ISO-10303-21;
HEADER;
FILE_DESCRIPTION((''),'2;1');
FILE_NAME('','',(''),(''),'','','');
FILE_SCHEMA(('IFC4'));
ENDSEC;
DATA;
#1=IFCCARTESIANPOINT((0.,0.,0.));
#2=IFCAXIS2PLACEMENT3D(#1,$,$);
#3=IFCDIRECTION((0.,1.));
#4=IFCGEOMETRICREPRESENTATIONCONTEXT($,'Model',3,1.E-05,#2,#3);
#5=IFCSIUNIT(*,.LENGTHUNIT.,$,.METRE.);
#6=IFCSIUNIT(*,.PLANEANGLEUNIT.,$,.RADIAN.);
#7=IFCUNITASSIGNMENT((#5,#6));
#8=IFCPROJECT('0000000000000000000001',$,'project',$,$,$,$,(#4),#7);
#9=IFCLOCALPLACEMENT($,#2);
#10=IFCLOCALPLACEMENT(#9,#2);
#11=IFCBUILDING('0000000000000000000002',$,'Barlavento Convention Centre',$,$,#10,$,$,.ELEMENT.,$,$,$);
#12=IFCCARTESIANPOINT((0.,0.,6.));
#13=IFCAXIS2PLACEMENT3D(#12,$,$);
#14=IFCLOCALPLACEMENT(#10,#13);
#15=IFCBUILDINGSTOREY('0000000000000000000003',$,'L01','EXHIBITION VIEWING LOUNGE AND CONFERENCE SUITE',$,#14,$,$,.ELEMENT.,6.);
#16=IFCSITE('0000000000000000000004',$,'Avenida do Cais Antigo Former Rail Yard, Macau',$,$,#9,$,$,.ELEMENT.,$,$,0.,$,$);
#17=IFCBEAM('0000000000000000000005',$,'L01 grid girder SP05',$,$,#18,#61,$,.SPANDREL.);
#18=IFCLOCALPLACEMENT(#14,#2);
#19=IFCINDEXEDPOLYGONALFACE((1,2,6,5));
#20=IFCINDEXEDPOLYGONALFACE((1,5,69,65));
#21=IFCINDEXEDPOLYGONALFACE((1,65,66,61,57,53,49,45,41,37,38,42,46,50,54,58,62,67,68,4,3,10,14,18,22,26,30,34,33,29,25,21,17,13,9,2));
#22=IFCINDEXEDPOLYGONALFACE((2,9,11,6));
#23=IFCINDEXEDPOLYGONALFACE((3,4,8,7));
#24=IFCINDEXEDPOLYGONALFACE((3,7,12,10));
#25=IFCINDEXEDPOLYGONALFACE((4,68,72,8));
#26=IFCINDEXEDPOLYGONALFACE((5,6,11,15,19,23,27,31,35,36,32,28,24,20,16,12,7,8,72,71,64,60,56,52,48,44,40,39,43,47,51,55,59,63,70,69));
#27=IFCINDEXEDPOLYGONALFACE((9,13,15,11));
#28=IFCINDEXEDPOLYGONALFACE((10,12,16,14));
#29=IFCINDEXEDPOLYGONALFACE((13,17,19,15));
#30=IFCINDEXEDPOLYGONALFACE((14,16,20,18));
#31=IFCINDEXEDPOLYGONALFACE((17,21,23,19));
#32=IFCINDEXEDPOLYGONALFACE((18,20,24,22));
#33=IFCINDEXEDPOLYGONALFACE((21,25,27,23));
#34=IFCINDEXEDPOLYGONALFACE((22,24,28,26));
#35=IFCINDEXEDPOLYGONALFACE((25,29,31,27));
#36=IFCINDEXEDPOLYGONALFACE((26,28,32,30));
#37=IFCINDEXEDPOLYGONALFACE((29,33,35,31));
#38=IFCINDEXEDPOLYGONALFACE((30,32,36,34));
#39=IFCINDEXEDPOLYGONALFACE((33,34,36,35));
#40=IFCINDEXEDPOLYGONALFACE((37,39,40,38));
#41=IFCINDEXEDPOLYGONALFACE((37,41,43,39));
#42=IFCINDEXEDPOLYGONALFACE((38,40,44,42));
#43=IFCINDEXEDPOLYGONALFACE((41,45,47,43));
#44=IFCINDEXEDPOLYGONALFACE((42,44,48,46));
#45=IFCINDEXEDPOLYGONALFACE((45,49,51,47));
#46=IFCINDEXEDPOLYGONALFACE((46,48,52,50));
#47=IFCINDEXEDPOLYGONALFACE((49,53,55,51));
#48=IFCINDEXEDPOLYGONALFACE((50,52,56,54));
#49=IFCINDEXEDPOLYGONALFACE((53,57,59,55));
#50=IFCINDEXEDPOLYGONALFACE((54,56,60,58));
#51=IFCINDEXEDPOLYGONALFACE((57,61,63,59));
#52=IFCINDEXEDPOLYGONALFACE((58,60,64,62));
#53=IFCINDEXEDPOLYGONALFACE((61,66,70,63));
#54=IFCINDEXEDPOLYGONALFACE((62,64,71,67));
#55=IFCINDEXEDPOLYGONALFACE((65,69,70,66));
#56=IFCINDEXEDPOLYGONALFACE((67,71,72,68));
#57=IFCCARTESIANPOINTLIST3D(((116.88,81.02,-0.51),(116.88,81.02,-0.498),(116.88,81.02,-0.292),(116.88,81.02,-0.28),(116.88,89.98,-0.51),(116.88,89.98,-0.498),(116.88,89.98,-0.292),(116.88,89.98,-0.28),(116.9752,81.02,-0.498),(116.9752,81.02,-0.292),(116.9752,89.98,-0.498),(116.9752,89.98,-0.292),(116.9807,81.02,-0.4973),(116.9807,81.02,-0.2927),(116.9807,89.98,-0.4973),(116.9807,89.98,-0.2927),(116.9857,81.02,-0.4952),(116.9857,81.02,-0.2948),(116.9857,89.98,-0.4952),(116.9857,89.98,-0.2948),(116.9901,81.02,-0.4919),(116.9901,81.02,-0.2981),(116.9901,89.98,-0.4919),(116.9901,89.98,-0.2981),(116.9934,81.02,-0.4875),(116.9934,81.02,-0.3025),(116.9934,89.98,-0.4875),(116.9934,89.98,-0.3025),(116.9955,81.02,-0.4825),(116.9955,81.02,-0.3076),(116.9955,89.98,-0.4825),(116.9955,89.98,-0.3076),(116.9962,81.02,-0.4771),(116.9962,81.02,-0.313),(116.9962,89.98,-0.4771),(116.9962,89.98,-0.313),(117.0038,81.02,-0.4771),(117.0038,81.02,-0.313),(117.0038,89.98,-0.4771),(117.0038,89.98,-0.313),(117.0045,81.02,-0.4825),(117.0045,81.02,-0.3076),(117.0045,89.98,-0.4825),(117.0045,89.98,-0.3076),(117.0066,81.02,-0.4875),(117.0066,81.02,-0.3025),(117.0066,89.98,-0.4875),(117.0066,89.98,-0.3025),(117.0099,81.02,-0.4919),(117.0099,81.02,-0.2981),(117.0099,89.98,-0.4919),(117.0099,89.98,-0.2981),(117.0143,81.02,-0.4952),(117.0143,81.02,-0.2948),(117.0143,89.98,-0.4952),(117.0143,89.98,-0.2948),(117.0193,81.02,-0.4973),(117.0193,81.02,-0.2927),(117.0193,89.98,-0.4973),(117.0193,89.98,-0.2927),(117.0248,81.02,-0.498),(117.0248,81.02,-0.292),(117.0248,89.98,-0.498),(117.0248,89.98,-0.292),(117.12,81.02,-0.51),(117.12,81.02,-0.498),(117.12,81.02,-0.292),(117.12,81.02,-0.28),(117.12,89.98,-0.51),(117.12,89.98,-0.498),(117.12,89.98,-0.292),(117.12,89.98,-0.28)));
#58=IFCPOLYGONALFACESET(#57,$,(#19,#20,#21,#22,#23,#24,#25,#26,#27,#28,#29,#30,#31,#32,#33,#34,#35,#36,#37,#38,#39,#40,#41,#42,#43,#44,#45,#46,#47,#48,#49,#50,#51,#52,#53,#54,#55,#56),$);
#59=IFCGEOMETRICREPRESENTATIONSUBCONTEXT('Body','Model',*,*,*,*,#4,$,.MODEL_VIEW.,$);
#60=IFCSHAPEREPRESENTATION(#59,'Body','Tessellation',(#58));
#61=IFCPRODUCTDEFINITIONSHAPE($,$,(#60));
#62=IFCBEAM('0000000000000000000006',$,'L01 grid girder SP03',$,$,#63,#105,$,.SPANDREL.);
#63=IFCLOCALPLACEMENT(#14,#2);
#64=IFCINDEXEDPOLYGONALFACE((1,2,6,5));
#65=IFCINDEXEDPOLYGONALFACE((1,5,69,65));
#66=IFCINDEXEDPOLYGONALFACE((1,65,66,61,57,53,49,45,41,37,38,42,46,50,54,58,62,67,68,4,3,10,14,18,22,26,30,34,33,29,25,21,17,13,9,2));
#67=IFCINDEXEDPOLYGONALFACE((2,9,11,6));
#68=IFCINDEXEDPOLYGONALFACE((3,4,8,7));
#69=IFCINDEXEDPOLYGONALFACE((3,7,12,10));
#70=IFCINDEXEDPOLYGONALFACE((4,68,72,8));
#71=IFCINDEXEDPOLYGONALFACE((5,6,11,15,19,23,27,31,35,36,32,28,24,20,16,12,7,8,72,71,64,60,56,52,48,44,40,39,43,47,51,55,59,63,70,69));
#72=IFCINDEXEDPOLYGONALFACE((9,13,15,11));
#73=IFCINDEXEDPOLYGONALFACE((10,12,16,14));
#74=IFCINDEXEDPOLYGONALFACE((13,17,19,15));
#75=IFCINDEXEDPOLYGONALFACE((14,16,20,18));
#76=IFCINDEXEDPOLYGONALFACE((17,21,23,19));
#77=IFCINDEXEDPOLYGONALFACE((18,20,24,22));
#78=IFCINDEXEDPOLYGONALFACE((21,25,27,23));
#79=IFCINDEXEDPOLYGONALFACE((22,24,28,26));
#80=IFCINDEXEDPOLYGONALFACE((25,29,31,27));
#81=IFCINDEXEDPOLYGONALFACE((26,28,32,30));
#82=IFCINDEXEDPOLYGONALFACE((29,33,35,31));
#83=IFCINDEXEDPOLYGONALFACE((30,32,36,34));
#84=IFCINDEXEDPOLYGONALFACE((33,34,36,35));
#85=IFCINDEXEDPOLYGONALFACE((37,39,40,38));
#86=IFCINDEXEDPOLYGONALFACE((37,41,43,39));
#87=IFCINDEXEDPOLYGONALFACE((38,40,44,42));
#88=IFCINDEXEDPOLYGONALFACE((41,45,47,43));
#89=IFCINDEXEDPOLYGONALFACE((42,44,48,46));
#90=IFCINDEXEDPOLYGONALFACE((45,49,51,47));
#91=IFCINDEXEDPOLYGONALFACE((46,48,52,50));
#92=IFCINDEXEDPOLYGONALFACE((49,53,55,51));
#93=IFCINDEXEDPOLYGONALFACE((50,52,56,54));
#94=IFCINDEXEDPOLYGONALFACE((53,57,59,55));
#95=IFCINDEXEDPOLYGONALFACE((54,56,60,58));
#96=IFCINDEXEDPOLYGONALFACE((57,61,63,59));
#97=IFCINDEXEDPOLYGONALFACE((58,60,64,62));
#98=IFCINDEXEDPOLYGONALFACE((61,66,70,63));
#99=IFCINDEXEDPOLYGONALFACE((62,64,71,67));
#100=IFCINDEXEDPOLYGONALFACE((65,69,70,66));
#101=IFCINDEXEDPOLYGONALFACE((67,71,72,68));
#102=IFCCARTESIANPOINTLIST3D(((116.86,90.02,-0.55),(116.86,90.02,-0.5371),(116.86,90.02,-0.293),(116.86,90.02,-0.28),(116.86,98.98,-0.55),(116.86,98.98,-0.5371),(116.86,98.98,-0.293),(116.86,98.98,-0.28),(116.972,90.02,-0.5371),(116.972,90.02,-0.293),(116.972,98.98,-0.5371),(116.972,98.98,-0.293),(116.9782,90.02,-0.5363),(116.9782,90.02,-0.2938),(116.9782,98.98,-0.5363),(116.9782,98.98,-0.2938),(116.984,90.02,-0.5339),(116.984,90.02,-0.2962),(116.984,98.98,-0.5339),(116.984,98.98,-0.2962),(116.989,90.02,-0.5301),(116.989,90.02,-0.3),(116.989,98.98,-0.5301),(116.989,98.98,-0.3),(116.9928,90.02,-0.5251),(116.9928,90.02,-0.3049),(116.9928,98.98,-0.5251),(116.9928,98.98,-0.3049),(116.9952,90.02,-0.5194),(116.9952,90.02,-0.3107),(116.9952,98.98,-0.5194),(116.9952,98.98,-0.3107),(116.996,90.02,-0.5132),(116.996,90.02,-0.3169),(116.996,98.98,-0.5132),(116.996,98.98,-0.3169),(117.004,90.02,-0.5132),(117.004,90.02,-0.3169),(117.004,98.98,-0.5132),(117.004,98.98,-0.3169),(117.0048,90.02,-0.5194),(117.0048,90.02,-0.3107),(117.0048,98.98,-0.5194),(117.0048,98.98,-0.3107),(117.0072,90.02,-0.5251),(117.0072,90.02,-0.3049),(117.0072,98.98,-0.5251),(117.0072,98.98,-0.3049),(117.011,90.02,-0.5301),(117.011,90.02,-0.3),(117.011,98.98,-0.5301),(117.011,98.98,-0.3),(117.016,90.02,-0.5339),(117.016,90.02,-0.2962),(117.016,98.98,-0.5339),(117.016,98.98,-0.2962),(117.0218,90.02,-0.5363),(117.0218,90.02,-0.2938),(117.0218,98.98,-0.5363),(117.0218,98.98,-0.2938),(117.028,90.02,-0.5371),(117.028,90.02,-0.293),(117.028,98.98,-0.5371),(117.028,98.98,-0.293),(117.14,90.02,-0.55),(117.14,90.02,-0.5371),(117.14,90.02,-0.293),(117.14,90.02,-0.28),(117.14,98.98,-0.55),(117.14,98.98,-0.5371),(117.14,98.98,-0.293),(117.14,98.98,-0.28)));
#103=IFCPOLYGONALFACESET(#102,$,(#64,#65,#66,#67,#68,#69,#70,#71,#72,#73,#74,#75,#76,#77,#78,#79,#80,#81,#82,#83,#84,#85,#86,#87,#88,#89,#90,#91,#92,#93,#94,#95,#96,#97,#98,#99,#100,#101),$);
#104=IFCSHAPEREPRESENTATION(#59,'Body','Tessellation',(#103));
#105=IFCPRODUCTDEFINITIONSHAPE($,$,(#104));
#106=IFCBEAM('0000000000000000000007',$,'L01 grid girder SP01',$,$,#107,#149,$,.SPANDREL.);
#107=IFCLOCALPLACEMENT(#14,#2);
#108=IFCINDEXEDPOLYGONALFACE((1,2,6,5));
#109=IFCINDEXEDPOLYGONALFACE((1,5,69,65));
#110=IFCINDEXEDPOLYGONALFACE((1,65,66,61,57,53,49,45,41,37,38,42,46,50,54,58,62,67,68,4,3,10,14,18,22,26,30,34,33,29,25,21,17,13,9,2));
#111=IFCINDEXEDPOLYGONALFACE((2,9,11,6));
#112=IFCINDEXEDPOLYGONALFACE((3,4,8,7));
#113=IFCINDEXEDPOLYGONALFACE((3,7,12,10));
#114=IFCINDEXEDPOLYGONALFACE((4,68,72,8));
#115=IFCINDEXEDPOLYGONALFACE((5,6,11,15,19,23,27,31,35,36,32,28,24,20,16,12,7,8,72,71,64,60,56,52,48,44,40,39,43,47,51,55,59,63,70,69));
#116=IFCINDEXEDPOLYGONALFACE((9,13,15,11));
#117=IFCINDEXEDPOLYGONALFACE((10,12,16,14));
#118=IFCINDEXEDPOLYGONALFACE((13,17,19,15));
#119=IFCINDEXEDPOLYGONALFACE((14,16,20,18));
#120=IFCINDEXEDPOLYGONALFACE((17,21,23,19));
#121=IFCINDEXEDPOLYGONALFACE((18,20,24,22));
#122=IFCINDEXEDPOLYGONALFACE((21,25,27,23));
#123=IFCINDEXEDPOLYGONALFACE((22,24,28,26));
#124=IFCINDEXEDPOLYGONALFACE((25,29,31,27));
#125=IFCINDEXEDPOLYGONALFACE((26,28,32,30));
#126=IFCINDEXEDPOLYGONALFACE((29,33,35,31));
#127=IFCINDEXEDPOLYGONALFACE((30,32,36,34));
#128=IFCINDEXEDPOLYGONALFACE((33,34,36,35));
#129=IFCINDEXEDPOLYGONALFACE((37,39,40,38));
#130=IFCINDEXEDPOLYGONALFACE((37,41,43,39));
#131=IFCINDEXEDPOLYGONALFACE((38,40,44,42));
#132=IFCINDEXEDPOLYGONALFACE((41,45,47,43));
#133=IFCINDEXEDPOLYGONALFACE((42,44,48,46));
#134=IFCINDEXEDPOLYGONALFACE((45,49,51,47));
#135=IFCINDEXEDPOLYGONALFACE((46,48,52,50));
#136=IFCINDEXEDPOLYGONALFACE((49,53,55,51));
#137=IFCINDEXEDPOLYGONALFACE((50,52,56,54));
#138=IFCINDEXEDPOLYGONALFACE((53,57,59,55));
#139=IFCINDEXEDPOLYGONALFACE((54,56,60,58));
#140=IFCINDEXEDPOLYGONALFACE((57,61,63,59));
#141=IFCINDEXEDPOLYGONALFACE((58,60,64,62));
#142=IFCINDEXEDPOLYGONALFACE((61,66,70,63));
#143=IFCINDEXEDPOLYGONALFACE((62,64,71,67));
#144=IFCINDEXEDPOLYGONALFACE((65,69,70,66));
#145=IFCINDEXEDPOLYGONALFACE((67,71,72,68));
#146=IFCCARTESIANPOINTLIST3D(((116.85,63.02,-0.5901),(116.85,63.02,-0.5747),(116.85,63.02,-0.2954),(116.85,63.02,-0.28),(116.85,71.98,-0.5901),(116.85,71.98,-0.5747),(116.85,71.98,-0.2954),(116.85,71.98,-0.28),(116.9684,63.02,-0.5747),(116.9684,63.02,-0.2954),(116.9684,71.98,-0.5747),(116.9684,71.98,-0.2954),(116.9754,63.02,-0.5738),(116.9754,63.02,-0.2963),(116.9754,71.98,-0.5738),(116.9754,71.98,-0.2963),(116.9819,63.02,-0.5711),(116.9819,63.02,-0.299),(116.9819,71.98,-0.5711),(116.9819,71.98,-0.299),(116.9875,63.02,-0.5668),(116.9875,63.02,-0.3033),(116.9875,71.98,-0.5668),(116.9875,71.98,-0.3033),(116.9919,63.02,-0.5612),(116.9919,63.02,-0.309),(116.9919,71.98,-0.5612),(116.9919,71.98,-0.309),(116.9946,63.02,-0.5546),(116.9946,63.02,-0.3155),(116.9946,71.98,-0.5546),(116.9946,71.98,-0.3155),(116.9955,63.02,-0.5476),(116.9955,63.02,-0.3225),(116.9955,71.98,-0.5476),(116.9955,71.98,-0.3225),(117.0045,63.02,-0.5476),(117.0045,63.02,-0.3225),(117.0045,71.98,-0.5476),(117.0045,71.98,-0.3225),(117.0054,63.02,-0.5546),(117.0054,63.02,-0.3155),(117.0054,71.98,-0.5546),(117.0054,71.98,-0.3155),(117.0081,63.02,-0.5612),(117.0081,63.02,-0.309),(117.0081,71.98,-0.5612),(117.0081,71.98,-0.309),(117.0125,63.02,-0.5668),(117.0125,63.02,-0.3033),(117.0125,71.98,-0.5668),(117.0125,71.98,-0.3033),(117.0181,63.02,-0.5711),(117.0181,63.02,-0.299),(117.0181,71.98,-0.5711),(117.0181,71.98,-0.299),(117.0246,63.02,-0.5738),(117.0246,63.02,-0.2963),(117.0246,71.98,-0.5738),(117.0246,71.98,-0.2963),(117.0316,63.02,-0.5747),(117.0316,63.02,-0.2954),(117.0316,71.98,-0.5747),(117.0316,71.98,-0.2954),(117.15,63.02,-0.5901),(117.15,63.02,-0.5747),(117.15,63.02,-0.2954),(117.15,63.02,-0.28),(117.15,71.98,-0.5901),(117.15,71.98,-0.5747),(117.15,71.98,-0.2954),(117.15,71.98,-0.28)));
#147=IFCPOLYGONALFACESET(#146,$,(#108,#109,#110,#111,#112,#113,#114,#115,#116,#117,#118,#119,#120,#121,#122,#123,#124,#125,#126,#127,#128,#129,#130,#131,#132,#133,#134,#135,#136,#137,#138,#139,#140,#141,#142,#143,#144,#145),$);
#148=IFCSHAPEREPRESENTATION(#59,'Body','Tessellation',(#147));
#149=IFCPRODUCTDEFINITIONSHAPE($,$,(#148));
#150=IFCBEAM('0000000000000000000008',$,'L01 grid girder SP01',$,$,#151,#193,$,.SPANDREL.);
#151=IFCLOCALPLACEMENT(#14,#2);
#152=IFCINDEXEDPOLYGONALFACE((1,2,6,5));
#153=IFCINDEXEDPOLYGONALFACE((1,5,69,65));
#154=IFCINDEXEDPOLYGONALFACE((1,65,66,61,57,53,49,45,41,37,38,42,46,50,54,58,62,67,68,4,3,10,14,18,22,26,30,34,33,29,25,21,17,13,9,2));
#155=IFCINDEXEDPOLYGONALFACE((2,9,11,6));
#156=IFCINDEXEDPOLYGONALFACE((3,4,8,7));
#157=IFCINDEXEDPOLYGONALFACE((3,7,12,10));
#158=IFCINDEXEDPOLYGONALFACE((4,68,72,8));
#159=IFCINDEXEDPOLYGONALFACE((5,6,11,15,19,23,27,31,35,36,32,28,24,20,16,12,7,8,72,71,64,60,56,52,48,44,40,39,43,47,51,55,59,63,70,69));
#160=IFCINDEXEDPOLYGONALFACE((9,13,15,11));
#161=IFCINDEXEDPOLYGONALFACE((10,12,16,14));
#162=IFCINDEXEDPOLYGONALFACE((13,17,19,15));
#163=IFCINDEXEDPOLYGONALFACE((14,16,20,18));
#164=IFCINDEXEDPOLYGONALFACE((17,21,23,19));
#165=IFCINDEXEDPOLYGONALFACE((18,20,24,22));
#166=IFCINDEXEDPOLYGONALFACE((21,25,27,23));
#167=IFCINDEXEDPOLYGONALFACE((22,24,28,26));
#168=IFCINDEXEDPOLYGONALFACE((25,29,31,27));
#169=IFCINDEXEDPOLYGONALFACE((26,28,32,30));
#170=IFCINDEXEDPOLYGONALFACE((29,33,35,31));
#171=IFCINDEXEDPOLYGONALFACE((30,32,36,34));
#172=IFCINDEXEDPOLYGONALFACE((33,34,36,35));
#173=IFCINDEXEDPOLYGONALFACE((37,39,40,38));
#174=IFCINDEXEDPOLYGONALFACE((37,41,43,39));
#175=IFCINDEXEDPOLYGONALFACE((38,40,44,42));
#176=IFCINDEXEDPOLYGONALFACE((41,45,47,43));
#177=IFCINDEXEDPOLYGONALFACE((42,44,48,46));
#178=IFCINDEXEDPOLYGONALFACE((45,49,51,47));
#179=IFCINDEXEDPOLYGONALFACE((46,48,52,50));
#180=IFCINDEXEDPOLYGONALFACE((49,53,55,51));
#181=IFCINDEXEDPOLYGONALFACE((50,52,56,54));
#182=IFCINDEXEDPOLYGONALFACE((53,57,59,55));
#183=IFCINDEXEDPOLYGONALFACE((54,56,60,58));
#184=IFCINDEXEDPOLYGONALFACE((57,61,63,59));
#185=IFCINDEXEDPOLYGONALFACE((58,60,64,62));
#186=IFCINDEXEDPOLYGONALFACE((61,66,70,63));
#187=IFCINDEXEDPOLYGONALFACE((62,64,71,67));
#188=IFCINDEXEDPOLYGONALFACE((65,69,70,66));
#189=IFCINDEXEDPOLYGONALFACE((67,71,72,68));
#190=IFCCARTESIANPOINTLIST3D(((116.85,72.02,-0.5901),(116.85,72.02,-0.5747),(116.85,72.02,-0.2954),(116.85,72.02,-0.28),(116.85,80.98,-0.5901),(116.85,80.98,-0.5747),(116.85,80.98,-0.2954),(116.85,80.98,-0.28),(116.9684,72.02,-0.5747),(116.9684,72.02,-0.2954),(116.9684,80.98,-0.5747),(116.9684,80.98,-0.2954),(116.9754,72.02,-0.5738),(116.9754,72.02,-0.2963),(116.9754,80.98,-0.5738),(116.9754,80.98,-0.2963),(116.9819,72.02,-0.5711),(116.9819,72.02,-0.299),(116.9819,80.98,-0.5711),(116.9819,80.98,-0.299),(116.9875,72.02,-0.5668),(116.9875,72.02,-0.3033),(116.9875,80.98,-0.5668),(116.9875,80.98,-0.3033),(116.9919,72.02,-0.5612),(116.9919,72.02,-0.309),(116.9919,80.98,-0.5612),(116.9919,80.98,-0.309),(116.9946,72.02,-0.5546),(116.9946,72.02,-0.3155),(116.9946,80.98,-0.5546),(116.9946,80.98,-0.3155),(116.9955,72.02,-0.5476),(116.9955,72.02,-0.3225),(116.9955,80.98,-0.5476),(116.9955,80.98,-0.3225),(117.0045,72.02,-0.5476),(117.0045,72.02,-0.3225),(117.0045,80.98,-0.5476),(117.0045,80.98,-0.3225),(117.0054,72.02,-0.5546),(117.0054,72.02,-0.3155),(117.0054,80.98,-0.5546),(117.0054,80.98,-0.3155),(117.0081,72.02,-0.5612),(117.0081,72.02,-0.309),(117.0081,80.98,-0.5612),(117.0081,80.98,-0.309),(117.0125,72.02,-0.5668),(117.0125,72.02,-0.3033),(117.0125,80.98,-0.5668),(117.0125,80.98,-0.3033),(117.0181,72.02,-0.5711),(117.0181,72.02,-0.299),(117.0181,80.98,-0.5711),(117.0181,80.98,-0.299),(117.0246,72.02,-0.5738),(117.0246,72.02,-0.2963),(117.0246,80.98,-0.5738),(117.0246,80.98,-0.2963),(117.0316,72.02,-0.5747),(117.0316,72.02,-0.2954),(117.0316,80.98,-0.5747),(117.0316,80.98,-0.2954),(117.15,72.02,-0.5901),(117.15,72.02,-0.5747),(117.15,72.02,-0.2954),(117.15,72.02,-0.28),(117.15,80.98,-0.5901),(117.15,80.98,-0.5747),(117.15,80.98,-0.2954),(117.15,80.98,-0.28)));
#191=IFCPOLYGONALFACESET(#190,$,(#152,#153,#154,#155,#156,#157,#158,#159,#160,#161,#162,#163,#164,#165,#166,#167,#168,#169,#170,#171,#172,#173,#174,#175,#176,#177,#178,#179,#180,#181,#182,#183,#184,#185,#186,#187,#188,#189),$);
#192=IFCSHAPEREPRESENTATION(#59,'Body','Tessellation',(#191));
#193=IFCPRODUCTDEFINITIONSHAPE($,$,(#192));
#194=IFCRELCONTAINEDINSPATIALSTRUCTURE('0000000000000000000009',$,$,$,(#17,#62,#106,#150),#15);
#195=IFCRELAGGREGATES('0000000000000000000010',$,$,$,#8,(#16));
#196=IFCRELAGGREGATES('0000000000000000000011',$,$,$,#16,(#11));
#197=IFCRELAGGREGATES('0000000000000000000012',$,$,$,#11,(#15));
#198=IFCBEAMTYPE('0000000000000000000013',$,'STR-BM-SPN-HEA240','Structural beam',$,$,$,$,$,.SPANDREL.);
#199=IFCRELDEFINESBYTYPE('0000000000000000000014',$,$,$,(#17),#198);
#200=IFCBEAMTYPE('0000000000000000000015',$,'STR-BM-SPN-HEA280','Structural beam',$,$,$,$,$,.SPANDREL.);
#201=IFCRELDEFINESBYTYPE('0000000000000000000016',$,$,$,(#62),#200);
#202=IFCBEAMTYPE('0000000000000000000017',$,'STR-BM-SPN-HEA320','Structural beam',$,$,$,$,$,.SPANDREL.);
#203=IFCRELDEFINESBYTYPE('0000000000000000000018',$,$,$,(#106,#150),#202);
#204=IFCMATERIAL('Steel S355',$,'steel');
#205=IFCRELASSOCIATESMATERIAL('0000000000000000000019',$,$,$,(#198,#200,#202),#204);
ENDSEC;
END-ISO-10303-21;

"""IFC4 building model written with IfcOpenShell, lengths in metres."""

from ifc_helpers import new_model, si_unit, direction, frame, origin, origin_2d, place, context, subcontext, project, spatial, i_section, extrude, material, material_profile, profile_set, type_object, element, save


model = new_model("IFC4")

# Units and contexts
model_context = context("Model", 3, precision=1e-05, world=origin(), true_north=direction((0.0, 1.0)))
body_context = subcontext(model_context, "Body", "Model", "MODEL_VIEW")
ifc_project = project(units=[si_unit("LENGTHUNIT", "METRE"), si_unit("PLANEANGLEUNIT", "RADIAN")], contexts=[model_context])

# Site, building, storey
site_placement = place(None, origin())
site = spatial("IfcSite", under=ifc_project, at=site_placement, Name="Avenida do Cais Antigo Former Rail Yard, Macau", CompositionType="ELEMENT", RefElevation=0.0)
building_placement = place(site_placement, origin())
building = spatial("IfcBuilding", under=site, at=building_placement, Name="Barlavento Convention Centre", CompositionType="ELEMENT")
storey_placement = place(building_placement, frame((0.0, 0.0, 6.0)))
storey = spatial("IfcBuildingStorey", under=building, at=storey_placement, Name="L01", Description="EXHIBITION VIEWING LOUNGE AND CONFERENCE SUITE", CompositionType="ELEMENT", Elevation=6.0)

# Shared definitions
ifc_material_1 = material(Name="Steel S355", Category="steel")

# Beams
ifc_material_profile_1 = material_profile(ifc_material_1, i_section(OverallWidth=0.24, OverallDepth=0.23, WebThickness=0.0076, FlangeThickness=0.012, FilletRadius=0.021, at=origin_2d()), Name="HEA 240")
ifc_profile_set_1 = profile_set([ifc_material_profile_1], Name="Steel S355")
beam_type_1 = type_object("IfcBeamType", Name="STR-BM-SPN-HEA240", Description="Structural beam", PredefinedType="SPANDREL", material=ifc_profile_set_1)
beam_1_placement = place(storey_placement, frame((117.0, 81.02, -0.395), z_axis=(0.0, 1.0, 0.0), x_axis=(-1.0, 0.0, 0.0)))
element("IfcBeam", 1, at=beam_1_placement, inside=storey, type_object=beam_type_1, Name="L01 grid girder SP05", PredefinedType="SPANDREL", context=body_context, shape_type="SweptSolid", body=[
    extrude(i_section(OverallWidth=0.24, OverallDepth=0.23, WebThickness=0.0076, FlangeThickness=0.012, FilletRadius=0.021, at=origin_2d()), origin(), (0.0, 0.0, 1.0), 8.96),
])
ifc_material_profile_2 = material_profile(ifc_material_1, i_section(OverallWidth=0.28, OverallDepth=0.27, WebThickness=0.0081, FlangeThickness=0.0129, FilletRadius=0.0239, at=origin_2d()), Name="HEA 280")
ifc_profile_set_2 = profile_set([ifc_material_profile_2], Name="Steel S355")
beam_type_2 = type_object("IfcBeamType", Name="STR-BM-SPN-HEA280", Description="Structural beam", PredefinedType="SPANDREL", material=ifc_profile_set_2)
beam_2_placement = place(storey_placement, frame((117.0, 90.02, -0.415), z_axis=(0.0, 1.0, 0.0), x_axis=(-1.0, 0.0, 0.0)))
element("IfcBeam", 2, at=beam_2_placement, inside=storey, type_object=beam_type_2, Name="L01 grid girder SP03", PredefinedType="SPANDREL", context=body_context, shape_type="SweptSolid", body=[
    extrude(i_section(OverallWidth=0.28, OverallDepth=0.27, WebThickness=0.0081, FlangeThickness=0.0129, FilletRadius=0.0239, at=origin_2d()), origin(), (0.0, 0.0, 1.0), 8.96),
])
ifc_material_profile_3 = material_profile(ifc_material_1, i_section(OverallWidth=0.3, OverallDepth=0.3101, WebThickness=0.009, FlangeThickness=0.0154, FilletRadius=0.0271, at=origin_2d()), Name="HEA 320")
ifc_profile_set_3 = profile_set([ifc_material_profile_3], Name="Steel S355")
beam_type_3 = type_object("IfcBeamType", Name="STR-BM-SPN-HEA320", Description="Structural beam", PredefinedType="SPANDREL", material=ifc_profile_set_3)
for number, where, z_axis, x_axis, name in (
    (3, (117.0, 63.02, -0.4351), (0.0, 1.0, 0.0), (-1.0, 0.0, 0.0), "L01 grid girder SP01"),
    (4, (117.0, 72.02, -0.4351), (0.0, 1.0, 0.0), (-1.0, 0.0, 0.0), "L01 grid girder SP01"),
):
    element("IfcBeam", number, at=place(storey_placement, frame(where, z_axis=z_axis, x_axis=x_axis)), inside=storey, type_object=beam_type_3, Name=name, PredefinedType="SPANDREL", context=body_context, shape_type="SweptSolid", body=[
        extrude(i_section(OverallWidth=0.3, OverallDepth=0.3101, WebThickness=0.009, FlangeThickness=0.0154, FilletRadius=0.0271, at=origin_2d()), origin(), (0.0, 0.0, 1.0), 8.96),
    ])

save(model, "model.ifc")
